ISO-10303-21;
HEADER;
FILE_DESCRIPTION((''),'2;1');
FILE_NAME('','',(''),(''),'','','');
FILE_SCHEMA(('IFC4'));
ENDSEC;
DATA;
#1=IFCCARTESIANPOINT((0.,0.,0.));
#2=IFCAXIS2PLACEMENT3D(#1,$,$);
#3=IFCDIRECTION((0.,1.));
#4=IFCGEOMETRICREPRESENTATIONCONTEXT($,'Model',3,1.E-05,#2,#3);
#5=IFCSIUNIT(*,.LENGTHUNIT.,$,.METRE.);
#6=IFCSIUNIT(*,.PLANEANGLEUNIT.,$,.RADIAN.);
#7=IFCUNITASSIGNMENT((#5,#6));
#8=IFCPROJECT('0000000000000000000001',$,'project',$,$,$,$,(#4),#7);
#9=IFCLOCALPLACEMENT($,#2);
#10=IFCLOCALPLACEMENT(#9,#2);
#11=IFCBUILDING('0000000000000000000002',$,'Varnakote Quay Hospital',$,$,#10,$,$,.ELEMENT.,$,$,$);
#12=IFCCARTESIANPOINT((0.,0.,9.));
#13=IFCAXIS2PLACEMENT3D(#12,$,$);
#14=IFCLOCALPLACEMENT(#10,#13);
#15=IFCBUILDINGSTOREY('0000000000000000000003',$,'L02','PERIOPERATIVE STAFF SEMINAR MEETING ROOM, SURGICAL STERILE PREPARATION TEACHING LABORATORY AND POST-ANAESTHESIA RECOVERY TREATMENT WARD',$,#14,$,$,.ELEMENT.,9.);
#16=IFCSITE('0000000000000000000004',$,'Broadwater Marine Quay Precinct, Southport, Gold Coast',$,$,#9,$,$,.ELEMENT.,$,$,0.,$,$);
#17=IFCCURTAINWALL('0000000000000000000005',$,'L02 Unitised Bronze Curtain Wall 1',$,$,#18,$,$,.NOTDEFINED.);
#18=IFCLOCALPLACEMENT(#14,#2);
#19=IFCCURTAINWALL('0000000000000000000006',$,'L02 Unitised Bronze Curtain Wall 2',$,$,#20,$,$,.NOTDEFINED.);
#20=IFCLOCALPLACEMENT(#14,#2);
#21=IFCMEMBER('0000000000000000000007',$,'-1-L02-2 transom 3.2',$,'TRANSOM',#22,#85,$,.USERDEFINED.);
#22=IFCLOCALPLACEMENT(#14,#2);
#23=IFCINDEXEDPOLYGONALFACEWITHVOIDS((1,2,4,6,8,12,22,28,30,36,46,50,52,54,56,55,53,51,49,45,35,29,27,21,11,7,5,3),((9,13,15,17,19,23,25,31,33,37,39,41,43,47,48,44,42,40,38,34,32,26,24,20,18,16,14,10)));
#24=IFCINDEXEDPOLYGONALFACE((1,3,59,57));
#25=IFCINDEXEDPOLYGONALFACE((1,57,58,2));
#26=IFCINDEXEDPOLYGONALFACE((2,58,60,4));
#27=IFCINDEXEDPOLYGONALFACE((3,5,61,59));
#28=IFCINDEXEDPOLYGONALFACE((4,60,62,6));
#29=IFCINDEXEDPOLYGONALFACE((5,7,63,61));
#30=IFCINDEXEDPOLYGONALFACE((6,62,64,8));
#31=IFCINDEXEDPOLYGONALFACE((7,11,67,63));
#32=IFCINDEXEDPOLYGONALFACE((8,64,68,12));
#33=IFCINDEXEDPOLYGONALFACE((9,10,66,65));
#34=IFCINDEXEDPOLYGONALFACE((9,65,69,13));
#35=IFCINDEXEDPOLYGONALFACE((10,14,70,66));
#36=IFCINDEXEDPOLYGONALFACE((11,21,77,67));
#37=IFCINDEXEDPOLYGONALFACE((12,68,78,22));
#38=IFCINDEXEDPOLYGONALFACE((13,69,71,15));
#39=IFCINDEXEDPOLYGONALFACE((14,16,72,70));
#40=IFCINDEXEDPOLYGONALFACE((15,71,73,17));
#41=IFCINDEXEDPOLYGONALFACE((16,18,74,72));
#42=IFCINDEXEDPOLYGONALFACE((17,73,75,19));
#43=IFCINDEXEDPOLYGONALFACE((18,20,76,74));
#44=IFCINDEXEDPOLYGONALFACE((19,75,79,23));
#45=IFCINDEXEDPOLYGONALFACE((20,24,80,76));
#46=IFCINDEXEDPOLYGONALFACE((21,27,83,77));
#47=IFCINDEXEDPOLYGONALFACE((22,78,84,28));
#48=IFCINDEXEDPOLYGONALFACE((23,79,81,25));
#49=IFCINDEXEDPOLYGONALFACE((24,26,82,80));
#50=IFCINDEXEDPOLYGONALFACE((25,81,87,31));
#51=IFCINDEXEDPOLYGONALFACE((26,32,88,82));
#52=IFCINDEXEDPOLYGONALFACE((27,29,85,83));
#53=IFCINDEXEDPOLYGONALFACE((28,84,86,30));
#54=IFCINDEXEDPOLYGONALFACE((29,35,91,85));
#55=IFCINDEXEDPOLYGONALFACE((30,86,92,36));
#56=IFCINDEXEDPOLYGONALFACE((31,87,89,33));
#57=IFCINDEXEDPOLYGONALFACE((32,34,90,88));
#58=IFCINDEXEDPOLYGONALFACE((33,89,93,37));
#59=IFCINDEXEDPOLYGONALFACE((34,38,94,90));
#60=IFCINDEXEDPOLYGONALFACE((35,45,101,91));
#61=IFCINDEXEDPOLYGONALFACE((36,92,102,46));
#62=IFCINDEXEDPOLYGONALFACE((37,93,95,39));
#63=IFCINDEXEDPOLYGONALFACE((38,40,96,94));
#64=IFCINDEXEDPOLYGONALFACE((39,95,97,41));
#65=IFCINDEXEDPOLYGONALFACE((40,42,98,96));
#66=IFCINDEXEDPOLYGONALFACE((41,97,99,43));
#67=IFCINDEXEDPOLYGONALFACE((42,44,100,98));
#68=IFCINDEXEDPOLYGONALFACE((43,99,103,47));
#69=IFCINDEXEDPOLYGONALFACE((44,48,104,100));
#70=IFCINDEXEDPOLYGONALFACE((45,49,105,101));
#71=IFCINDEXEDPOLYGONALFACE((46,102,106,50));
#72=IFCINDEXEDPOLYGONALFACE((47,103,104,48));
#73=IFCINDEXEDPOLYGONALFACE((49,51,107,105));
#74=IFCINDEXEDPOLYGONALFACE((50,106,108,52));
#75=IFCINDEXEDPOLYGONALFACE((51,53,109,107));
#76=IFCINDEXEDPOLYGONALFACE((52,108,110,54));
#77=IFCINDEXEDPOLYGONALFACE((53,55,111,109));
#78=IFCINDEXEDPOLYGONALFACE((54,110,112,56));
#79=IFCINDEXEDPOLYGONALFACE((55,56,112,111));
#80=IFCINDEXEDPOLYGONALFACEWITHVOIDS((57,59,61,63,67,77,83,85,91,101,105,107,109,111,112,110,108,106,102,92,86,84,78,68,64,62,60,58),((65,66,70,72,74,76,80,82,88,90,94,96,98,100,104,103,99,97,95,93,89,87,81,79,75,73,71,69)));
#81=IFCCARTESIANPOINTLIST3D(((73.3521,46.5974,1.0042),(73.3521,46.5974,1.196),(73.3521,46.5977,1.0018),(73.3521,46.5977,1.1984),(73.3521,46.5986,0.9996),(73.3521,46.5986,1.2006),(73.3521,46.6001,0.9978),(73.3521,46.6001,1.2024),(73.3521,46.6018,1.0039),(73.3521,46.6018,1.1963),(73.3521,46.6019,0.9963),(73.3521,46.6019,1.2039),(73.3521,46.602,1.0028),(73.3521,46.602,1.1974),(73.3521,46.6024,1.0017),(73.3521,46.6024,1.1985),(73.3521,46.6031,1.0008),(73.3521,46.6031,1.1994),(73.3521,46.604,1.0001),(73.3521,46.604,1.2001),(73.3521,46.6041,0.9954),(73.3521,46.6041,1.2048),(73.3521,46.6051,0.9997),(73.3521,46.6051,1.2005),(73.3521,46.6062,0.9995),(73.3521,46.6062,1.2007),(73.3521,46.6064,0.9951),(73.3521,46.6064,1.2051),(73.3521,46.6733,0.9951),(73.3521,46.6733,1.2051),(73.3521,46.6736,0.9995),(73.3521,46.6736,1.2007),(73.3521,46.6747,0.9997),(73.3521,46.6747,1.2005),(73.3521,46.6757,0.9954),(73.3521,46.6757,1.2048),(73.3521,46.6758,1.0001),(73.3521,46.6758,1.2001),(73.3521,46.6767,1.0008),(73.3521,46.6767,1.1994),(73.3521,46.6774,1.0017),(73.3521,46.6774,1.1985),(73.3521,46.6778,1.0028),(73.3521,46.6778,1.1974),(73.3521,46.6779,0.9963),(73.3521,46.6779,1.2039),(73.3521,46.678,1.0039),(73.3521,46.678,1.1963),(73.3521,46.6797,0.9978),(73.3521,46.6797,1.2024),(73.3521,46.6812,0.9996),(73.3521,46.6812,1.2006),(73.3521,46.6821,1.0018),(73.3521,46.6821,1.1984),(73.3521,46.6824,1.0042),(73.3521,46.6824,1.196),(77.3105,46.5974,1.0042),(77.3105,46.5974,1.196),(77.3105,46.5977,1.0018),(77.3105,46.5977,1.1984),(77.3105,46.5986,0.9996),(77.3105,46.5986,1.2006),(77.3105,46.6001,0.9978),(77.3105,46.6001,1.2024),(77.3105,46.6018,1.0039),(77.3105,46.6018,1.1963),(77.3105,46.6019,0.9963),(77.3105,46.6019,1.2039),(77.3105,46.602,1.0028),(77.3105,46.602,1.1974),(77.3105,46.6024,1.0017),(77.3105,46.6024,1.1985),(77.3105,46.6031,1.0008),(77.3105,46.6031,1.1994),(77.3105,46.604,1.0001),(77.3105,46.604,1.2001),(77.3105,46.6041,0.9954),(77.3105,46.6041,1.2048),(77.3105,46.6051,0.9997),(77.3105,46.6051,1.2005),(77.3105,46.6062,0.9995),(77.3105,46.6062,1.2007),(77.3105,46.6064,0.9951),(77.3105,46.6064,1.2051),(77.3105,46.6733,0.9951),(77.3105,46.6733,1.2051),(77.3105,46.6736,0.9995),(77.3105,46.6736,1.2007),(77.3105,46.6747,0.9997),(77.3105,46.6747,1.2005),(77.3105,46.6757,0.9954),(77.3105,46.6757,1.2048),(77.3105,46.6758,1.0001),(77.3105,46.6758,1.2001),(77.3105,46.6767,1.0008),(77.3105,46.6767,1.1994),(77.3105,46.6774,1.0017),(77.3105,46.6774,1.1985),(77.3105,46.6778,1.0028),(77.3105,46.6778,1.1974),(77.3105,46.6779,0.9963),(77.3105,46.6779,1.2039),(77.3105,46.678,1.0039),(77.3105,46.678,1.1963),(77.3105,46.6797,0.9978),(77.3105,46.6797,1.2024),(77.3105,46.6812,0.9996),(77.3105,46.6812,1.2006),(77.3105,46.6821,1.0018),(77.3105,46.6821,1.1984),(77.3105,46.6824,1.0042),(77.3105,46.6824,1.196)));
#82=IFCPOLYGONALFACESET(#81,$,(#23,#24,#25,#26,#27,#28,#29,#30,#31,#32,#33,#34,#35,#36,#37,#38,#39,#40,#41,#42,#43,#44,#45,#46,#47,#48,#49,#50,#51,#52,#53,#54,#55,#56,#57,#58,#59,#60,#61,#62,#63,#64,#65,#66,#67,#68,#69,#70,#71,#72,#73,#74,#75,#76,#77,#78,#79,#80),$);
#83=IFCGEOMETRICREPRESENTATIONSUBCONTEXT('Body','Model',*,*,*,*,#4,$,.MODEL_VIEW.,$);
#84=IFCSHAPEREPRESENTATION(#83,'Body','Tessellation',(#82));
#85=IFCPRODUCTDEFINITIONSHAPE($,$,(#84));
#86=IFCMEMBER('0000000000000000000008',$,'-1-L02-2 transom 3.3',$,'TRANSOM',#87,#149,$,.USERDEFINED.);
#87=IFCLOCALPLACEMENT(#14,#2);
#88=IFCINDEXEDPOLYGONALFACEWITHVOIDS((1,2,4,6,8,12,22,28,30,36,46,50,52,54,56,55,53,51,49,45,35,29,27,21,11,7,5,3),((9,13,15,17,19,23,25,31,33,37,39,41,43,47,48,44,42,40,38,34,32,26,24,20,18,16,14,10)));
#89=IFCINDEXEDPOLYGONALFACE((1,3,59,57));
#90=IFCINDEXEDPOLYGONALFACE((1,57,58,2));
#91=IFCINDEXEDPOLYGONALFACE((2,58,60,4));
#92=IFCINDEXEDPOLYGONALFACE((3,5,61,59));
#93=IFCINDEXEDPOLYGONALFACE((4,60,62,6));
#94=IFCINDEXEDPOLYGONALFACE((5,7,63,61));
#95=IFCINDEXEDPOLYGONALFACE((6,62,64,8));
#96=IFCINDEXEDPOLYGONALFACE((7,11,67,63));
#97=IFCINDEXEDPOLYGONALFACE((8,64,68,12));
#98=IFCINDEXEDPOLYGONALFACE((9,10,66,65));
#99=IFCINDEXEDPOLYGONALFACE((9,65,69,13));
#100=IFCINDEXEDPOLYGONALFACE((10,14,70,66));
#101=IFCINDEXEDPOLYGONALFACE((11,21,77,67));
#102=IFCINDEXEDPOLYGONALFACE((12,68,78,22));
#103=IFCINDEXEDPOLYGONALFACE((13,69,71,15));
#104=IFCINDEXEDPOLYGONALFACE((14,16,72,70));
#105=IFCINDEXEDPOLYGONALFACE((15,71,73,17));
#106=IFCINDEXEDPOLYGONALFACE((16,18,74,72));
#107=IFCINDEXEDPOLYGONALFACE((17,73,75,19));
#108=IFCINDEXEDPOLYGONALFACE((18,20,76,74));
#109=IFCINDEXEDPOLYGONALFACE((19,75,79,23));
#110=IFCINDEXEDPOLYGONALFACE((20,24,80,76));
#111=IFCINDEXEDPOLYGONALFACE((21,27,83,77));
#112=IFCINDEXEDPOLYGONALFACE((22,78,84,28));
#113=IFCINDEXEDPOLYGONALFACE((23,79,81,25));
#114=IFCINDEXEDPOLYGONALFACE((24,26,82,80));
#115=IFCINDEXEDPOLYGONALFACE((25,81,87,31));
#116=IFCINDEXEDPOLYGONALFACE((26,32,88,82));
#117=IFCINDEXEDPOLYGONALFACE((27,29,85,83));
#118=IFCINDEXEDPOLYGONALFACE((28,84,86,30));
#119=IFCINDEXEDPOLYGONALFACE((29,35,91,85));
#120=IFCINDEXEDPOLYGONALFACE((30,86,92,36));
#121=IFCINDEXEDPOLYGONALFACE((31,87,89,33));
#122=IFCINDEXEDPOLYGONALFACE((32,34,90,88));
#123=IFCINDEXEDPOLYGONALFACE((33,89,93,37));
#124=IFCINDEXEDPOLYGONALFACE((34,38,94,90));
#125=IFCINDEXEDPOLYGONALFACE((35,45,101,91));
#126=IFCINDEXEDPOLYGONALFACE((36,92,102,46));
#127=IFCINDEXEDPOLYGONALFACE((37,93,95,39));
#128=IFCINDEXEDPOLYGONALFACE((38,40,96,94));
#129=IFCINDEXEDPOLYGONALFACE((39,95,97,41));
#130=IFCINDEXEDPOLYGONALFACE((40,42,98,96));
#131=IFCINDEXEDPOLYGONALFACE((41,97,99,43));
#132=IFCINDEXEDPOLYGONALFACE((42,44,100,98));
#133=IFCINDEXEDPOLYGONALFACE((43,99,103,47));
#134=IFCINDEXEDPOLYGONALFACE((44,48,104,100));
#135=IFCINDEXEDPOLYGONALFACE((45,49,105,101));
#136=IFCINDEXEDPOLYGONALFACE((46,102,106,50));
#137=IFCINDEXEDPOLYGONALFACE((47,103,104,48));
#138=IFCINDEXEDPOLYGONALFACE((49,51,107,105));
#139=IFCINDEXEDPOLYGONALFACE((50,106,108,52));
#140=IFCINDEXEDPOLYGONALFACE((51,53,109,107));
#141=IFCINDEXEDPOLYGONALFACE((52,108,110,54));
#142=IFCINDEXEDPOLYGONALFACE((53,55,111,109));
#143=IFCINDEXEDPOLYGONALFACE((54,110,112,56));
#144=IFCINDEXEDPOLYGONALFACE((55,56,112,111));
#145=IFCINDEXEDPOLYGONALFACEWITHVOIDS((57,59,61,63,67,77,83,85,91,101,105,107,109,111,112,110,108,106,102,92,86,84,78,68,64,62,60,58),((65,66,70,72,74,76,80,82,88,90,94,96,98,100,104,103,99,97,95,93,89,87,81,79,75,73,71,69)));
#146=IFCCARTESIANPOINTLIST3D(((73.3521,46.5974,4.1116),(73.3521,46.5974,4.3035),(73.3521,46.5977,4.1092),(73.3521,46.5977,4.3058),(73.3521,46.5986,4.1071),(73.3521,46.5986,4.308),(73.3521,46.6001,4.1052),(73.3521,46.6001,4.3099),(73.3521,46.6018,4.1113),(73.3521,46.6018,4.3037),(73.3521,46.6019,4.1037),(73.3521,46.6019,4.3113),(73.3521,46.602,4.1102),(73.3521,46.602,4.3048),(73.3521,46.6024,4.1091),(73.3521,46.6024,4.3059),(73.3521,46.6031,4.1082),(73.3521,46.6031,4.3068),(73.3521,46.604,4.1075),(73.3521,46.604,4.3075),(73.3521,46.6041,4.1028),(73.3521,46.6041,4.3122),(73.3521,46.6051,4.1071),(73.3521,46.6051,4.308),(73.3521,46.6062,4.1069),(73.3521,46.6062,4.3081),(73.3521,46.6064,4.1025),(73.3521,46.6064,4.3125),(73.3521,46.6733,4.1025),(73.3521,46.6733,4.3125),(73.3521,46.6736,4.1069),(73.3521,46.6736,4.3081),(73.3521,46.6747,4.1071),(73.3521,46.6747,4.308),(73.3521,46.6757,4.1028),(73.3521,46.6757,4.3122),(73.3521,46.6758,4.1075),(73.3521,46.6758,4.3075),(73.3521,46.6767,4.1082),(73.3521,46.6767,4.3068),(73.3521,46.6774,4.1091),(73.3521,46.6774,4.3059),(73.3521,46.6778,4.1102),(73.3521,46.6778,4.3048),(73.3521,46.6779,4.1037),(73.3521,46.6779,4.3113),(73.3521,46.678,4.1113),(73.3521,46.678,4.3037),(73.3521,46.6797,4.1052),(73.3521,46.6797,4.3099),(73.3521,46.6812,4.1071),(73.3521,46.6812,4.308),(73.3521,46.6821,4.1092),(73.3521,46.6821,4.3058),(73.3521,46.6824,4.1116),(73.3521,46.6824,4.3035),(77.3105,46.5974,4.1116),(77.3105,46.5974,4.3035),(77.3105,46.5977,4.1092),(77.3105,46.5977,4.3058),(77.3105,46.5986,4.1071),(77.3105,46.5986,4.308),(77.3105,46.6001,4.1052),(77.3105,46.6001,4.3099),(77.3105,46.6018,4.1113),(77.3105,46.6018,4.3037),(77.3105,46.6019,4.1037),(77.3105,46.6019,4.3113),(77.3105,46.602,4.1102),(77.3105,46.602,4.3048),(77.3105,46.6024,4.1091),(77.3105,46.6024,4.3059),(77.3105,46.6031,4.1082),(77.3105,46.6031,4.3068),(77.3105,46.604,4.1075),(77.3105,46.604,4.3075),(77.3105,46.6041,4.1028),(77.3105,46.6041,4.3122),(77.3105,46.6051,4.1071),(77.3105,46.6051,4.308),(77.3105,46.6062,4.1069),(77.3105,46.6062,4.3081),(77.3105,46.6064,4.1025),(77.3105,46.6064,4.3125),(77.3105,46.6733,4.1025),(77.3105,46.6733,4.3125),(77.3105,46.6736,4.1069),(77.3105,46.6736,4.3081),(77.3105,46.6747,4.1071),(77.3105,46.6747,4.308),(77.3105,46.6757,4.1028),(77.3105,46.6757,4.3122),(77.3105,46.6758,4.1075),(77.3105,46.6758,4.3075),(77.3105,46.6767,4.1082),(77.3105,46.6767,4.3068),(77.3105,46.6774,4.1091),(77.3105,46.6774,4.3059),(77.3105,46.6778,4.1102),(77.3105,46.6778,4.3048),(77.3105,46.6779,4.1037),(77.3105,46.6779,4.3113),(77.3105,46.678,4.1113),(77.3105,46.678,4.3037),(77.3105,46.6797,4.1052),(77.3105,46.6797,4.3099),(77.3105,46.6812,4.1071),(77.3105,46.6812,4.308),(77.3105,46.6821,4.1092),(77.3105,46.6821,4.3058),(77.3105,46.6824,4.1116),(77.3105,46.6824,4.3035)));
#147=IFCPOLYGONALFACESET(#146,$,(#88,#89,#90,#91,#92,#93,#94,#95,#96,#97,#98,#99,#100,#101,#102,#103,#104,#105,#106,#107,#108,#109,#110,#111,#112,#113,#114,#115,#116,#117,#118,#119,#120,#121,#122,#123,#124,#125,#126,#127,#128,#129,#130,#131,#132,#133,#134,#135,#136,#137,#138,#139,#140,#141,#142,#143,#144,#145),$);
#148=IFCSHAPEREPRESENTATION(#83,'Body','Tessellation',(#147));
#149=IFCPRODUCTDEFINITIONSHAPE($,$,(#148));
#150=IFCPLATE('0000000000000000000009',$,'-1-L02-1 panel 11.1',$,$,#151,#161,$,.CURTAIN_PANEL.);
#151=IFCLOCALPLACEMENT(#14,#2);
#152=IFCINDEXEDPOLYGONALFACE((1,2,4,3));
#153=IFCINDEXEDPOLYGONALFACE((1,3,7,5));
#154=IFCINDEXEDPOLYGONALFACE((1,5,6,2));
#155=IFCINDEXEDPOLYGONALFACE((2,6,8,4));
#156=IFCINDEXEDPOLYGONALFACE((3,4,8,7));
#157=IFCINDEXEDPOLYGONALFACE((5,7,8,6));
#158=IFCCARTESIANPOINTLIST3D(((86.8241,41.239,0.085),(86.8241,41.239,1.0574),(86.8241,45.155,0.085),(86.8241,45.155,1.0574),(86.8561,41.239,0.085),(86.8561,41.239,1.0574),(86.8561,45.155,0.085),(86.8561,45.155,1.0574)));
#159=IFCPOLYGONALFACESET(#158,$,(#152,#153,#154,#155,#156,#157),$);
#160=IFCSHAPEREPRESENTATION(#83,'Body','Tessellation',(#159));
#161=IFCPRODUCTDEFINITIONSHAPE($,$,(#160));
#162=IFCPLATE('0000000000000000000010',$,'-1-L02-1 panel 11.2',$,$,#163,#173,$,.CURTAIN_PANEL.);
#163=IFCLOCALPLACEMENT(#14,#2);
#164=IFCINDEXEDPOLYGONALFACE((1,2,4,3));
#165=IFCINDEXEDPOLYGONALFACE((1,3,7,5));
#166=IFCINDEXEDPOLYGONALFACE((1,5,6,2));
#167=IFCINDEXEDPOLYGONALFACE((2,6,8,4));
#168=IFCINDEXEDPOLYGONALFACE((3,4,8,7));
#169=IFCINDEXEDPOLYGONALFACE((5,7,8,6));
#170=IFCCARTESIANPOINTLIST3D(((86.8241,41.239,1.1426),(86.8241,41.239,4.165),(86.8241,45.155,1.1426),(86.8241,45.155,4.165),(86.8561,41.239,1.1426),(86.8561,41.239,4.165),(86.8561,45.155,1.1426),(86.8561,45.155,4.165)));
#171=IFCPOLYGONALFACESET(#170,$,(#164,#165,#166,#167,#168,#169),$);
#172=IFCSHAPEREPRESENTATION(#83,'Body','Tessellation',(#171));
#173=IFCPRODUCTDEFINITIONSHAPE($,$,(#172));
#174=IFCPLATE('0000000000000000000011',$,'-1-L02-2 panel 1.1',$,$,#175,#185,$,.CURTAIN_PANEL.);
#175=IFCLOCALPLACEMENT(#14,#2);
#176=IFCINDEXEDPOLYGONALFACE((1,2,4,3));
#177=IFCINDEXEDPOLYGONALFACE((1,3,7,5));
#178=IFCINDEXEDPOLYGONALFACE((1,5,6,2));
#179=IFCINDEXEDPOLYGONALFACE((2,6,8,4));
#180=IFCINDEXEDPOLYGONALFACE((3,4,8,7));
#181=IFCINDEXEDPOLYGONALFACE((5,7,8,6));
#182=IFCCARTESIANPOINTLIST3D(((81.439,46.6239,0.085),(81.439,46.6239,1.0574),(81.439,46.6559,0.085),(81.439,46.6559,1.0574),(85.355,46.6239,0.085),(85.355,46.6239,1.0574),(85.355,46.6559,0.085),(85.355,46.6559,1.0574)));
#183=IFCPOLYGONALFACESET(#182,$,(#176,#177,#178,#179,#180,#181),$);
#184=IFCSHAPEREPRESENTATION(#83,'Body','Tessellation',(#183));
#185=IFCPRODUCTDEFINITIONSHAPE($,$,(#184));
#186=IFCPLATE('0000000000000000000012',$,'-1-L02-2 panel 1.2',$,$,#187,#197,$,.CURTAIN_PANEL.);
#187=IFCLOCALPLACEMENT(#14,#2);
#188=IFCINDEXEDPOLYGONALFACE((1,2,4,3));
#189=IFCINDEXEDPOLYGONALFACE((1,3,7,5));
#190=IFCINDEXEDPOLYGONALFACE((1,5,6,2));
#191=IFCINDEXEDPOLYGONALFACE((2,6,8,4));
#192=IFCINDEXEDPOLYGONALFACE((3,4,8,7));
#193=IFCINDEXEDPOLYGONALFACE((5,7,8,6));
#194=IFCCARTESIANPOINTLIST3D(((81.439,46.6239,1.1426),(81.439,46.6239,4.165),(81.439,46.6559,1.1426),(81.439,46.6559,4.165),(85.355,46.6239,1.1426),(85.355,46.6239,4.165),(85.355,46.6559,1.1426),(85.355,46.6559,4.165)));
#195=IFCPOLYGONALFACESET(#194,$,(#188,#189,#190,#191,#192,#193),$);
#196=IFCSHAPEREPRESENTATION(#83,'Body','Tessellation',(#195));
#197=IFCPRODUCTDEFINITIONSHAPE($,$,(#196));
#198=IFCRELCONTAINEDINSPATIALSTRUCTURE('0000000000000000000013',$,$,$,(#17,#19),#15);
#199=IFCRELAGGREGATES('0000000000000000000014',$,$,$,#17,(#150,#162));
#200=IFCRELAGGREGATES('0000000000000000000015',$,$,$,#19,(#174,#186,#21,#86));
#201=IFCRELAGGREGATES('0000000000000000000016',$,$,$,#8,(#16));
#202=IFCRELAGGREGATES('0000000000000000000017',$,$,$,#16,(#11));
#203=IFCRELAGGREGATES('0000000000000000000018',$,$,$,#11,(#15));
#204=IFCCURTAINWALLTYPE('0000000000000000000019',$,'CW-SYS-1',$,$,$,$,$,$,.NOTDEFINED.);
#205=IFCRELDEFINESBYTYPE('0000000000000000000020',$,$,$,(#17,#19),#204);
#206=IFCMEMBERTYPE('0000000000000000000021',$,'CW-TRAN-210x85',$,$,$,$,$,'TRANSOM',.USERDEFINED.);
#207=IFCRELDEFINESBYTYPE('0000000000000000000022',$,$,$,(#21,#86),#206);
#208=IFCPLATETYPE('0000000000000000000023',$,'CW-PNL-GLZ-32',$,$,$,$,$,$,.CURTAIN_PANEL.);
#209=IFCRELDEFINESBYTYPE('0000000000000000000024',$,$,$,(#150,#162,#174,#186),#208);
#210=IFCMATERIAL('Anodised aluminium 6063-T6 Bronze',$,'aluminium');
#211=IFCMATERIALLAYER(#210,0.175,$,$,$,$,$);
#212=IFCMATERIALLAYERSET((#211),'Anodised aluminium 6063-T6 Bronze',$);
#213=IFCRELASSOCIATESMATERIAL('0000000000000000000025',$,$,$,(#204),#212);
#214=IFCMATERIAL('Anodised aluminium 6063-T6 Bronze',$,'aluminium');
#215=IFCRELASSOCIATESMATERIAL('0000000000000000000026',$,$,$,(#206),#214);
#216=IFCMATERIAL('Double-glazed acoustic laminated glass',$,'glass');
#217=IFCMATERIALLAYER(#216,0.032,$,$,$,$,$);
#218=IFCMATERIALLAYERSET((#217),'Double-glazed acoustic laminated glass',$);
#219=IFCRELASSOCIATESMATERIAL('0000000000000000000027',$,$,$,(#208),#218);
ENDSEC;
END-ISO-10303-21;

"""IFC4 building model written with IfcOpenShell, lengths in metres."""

from ifc_helpers import new_model, si_unit, direction, frame, origin, origin_2d, place, context, subcontext, project, spatial, rectangle, hollow_rectangle, extrude, material, layer, layer_set, material_profile, profile_set, type_object, element, aggregate, save


model = new_model("IFC4")

# Units and contexts
model_context = context("Model", 3, precision=1e-05, world=origin(), true_north=direction((0.0, 1.0)))
body_context = subcontext(model_context, "Body", "Model", "MODEL_VIEW")
ifc_project = project(units=[si_unit("LENGTHUNIT", "METRE"), si_unit("PLANEANGLEUNIT", "RADIAN")], contexts=[model_context])

# Site, building, storey
site_placement = place(None, origin())
site = spatial("IfcSite", under=ifc_project, at=site_placement, Name="Broadwater Marine Quay Precinct, Southport, Gold Coast", CompositionType="ELEMENT", RefElevation=0.0)
building_placement = place(site_placement, origin())
building = spatial("IfcBuilding", under=site, at=building_placement, Name="Varnakote Quay Hospital", CompositionType="ELEMENT")
storey_placement = place(building_placement, frame((0.0, 0.0, 9.0)))
storey = spatial("IfcBuildingStorey", under=building, at=storey_placement, Name="L02", Description="PERIOPERATIVE STAFF SEMINAR MEETING ROOM, SURGICAL STERILE PREPARATION TEACHING LABORATORY AND POST-ANAESTHESIA RECOVERY TREATMENT WARD", CompositionType="ELEMENT", Elevation=9.0)

# Curtain wall
ifc_material_1 = material(Name="Anodised aluminium 6063-T6 Bronze", Category="aluminium")
ifc_layer_1 = layer(ifc_material_1, 0.175)
ifc_layer_set_1 = layer_set([ifc_layer_1], Name="Anodised aluminium 6063-T6 Bronze")
curtain_wall_type = type_object("IfcCurtainWallType", Name="CW-SYS-1", PredefinedType="NOTDEFINED", material=ifc_layer_set_1)
curtain_wall_1_placement = place(storey_placement, origin())
curtain_wall_1 = element("IfcCurtainWall", 1, at=curtain_wall_1_placement, inside=storey, type_object=curtain_wall_type, Name="L02 Unitised Bronze Curtain Wall 1", PredefinedType="NOTDEFINED")

# Curtain wall, members
curtain_wall_2_placement = place(storey_placement, origin())
curtain_wall_2 = element("IfcCurtainWall", 2, at=curtain_wall_2_placement, inside=storey, type_object=curtain_wall_type, Name="L02 Unitised Bronze Curtain Wall 2", PredefinedType="NOTDEFINED")
ifc_material_2 = material(Name="Anodised aluminium 6063-T6 Bronze", Category="aluminium")
ifc_material_profile_1 = material_profile(ifc_material_2, hollow_rectangle(XDim=0.085, YDim=0.21, WallThickness=0.0044, InnerFilletRadius=0.0044, OuterFilletRadius=0.009, at=origin_2d()), Name="CW-TRAN-210x85")
ifc_profile_set_1 = profile_set([ifc_material_profile_1], Name="Anodised aluminium 6063-T6 Bronze")
member_type_1 = type_object("IfcMemberType", Name="CW-TRAN-210x85", ElementType="TRANSOM", PredefinedType="USERDEFINED", material=ifc_profile_set_1)
member_1_placement = place(storey_placement, frame((77.3105, 46.6399, 1.1001), z_axis=(-1.0, 0.0, 0.0), x_axis=(0.0, -1.0, 0.0)))
member_1 = element("IfcMember", 3, at=member_1_placement, type_object=member_type_1, Name="-1-L02-2 transom 3.2", ObjectType="TRANSOM", PredefinedType="USERDEFINED", context=body_context, shape_type="SweptSolid", body=[
    extrude(hollow_rectangle(XDim=0.085, YDim=0.21, WallThickness=0.0044, InnerFilletRadius=0.0044, OuterFilletRadius=0.009, at=origin_2d()), origin(), (0.0, 0.0, 1.0), 3.9585),
])
member_2_placement = place(storey_placement, frame((77.3105, 46.6399, 4.2075), z_axis=(-1.0, 0.0, 0.0), x_axis=(0.0, -1.0, 0.0)))
member_2 = element("IfcMember", 4, at=member_2_placement, type_object=member_type_1, Name="-1-L02-2 transom 3.3", ObjectType="TRANSOM", PredefinedType="USERDEFINED", context=body_context, shape_type="SweptSolid", body=[
    extrude(hollow_rectangle(XDim=0.085, YDim=0.21, WallThickness=0.0044, InnerFilletRadius=0.0044, OuterFilletRadius=0.009, at=origin_2d()), origin(), (0.0, 0.0, 1.0), 3.9585),
])

# Plates
ifc_material_3 = material(Name="Double-glazed acoustic laminated glass", Category="glass")
ifc_layer_2 = layer(ifc_material_3, 0.032)
ifc_layer_set_2 = layer_set([ifc_layer_2], Name="Double-glazed acoustic laminated glass")
plate_type = type_object("IfcPlateType", Name="CW-PNL-GLZ-32", PredefinedType="CURTAIN_PANEL", material=ifc_layer_set_2)
plate_1_placement = place(storey_placement, frame((86.8401, 43.197, 0.085), z_axis=(0.0, 0.0, 1.0), x_axis=(0.0, 1.0, 0.0)))
plate_1 = element("IfcPlate", 5, at=plate_1_placement, type_object=plate_type, Name="-1-L02-1 panel 11.1", PredefinedType="CURTAIN_PANEL", context=body_context, shape_type="SweptSolid", body=[
    extrude(rectangle(XDim=3.916, YDim=0.032, at=origin_2d()), origin(), (0.0, 0.0, 1.0), 0.9724),
])
plate_2_placement = place(storey_placement, frame((86.8401, 43.197, 1.1426), z_axis=(0.0, 0.0, 1.0), x_axis=(0.0, 1.0, 0.0)))
plate_2 = element("IfcPlate", 6, at=plate_2_placement, type_object=plate_type, Name="-1-L02-1 panel 11.2", PredefinedType="CURTAIN_PANEL", context=body_context, shape_type="SweptSolid", body=[
    extrude(rectangle(XDim=3.916, YDim=0.032, at=origin_2d()), origin(), (0.0, 0.0, 1.0), 3.0225),
])
aggregate(curtain_wall_1, [plate_1, plate_2])
plate_3_placement = place(storey_placement, frame((83.397, 46.6399, 0.085), z_axis=(0.0, 0.0, 1.0), x_axis=(-1.0, 0.0, 0.0)))
plate_3 = element("IfcPlate", 7, at=plate_3_placement, type_object=plate_type, Name="-1-L02-2 panel 1.1", PredefinedType="CURTAIN_PANEL", context=body_context, shape_type="SweptSolid", body=[
    extrude(rectangle(XDim=3.916, YDim=0.032, at=origin_2d()), origin(), (0.0, 0.0, 1.0), 0.9724),
])
plate_4_placement = place(storey_placement, frame((83.397, 46.6399, 1.1426), z_axis=(0.0, 0.0, 1.0), x_axis=(-1.0, 0.0, 0.0)))
plate_4 = element("IfcPlate", 8, at=plate_4_placement, type_object=plate_type, Name="-1-L02-2 panel 1.2", PredefinedType="CURTAIN_PANEL", context=body_context, shape_type="SweptSolid", body=[
    extrude(rectangle(XDim=3.916, YDim=0.032, at=origin_2d()), origin(), (0.0, 0.0, 1.0), 3.0225),
])
aggregate(curtain_wall_2, [plate_3, plate_4, member_1, member_2])

save(model, "model.ifc")
